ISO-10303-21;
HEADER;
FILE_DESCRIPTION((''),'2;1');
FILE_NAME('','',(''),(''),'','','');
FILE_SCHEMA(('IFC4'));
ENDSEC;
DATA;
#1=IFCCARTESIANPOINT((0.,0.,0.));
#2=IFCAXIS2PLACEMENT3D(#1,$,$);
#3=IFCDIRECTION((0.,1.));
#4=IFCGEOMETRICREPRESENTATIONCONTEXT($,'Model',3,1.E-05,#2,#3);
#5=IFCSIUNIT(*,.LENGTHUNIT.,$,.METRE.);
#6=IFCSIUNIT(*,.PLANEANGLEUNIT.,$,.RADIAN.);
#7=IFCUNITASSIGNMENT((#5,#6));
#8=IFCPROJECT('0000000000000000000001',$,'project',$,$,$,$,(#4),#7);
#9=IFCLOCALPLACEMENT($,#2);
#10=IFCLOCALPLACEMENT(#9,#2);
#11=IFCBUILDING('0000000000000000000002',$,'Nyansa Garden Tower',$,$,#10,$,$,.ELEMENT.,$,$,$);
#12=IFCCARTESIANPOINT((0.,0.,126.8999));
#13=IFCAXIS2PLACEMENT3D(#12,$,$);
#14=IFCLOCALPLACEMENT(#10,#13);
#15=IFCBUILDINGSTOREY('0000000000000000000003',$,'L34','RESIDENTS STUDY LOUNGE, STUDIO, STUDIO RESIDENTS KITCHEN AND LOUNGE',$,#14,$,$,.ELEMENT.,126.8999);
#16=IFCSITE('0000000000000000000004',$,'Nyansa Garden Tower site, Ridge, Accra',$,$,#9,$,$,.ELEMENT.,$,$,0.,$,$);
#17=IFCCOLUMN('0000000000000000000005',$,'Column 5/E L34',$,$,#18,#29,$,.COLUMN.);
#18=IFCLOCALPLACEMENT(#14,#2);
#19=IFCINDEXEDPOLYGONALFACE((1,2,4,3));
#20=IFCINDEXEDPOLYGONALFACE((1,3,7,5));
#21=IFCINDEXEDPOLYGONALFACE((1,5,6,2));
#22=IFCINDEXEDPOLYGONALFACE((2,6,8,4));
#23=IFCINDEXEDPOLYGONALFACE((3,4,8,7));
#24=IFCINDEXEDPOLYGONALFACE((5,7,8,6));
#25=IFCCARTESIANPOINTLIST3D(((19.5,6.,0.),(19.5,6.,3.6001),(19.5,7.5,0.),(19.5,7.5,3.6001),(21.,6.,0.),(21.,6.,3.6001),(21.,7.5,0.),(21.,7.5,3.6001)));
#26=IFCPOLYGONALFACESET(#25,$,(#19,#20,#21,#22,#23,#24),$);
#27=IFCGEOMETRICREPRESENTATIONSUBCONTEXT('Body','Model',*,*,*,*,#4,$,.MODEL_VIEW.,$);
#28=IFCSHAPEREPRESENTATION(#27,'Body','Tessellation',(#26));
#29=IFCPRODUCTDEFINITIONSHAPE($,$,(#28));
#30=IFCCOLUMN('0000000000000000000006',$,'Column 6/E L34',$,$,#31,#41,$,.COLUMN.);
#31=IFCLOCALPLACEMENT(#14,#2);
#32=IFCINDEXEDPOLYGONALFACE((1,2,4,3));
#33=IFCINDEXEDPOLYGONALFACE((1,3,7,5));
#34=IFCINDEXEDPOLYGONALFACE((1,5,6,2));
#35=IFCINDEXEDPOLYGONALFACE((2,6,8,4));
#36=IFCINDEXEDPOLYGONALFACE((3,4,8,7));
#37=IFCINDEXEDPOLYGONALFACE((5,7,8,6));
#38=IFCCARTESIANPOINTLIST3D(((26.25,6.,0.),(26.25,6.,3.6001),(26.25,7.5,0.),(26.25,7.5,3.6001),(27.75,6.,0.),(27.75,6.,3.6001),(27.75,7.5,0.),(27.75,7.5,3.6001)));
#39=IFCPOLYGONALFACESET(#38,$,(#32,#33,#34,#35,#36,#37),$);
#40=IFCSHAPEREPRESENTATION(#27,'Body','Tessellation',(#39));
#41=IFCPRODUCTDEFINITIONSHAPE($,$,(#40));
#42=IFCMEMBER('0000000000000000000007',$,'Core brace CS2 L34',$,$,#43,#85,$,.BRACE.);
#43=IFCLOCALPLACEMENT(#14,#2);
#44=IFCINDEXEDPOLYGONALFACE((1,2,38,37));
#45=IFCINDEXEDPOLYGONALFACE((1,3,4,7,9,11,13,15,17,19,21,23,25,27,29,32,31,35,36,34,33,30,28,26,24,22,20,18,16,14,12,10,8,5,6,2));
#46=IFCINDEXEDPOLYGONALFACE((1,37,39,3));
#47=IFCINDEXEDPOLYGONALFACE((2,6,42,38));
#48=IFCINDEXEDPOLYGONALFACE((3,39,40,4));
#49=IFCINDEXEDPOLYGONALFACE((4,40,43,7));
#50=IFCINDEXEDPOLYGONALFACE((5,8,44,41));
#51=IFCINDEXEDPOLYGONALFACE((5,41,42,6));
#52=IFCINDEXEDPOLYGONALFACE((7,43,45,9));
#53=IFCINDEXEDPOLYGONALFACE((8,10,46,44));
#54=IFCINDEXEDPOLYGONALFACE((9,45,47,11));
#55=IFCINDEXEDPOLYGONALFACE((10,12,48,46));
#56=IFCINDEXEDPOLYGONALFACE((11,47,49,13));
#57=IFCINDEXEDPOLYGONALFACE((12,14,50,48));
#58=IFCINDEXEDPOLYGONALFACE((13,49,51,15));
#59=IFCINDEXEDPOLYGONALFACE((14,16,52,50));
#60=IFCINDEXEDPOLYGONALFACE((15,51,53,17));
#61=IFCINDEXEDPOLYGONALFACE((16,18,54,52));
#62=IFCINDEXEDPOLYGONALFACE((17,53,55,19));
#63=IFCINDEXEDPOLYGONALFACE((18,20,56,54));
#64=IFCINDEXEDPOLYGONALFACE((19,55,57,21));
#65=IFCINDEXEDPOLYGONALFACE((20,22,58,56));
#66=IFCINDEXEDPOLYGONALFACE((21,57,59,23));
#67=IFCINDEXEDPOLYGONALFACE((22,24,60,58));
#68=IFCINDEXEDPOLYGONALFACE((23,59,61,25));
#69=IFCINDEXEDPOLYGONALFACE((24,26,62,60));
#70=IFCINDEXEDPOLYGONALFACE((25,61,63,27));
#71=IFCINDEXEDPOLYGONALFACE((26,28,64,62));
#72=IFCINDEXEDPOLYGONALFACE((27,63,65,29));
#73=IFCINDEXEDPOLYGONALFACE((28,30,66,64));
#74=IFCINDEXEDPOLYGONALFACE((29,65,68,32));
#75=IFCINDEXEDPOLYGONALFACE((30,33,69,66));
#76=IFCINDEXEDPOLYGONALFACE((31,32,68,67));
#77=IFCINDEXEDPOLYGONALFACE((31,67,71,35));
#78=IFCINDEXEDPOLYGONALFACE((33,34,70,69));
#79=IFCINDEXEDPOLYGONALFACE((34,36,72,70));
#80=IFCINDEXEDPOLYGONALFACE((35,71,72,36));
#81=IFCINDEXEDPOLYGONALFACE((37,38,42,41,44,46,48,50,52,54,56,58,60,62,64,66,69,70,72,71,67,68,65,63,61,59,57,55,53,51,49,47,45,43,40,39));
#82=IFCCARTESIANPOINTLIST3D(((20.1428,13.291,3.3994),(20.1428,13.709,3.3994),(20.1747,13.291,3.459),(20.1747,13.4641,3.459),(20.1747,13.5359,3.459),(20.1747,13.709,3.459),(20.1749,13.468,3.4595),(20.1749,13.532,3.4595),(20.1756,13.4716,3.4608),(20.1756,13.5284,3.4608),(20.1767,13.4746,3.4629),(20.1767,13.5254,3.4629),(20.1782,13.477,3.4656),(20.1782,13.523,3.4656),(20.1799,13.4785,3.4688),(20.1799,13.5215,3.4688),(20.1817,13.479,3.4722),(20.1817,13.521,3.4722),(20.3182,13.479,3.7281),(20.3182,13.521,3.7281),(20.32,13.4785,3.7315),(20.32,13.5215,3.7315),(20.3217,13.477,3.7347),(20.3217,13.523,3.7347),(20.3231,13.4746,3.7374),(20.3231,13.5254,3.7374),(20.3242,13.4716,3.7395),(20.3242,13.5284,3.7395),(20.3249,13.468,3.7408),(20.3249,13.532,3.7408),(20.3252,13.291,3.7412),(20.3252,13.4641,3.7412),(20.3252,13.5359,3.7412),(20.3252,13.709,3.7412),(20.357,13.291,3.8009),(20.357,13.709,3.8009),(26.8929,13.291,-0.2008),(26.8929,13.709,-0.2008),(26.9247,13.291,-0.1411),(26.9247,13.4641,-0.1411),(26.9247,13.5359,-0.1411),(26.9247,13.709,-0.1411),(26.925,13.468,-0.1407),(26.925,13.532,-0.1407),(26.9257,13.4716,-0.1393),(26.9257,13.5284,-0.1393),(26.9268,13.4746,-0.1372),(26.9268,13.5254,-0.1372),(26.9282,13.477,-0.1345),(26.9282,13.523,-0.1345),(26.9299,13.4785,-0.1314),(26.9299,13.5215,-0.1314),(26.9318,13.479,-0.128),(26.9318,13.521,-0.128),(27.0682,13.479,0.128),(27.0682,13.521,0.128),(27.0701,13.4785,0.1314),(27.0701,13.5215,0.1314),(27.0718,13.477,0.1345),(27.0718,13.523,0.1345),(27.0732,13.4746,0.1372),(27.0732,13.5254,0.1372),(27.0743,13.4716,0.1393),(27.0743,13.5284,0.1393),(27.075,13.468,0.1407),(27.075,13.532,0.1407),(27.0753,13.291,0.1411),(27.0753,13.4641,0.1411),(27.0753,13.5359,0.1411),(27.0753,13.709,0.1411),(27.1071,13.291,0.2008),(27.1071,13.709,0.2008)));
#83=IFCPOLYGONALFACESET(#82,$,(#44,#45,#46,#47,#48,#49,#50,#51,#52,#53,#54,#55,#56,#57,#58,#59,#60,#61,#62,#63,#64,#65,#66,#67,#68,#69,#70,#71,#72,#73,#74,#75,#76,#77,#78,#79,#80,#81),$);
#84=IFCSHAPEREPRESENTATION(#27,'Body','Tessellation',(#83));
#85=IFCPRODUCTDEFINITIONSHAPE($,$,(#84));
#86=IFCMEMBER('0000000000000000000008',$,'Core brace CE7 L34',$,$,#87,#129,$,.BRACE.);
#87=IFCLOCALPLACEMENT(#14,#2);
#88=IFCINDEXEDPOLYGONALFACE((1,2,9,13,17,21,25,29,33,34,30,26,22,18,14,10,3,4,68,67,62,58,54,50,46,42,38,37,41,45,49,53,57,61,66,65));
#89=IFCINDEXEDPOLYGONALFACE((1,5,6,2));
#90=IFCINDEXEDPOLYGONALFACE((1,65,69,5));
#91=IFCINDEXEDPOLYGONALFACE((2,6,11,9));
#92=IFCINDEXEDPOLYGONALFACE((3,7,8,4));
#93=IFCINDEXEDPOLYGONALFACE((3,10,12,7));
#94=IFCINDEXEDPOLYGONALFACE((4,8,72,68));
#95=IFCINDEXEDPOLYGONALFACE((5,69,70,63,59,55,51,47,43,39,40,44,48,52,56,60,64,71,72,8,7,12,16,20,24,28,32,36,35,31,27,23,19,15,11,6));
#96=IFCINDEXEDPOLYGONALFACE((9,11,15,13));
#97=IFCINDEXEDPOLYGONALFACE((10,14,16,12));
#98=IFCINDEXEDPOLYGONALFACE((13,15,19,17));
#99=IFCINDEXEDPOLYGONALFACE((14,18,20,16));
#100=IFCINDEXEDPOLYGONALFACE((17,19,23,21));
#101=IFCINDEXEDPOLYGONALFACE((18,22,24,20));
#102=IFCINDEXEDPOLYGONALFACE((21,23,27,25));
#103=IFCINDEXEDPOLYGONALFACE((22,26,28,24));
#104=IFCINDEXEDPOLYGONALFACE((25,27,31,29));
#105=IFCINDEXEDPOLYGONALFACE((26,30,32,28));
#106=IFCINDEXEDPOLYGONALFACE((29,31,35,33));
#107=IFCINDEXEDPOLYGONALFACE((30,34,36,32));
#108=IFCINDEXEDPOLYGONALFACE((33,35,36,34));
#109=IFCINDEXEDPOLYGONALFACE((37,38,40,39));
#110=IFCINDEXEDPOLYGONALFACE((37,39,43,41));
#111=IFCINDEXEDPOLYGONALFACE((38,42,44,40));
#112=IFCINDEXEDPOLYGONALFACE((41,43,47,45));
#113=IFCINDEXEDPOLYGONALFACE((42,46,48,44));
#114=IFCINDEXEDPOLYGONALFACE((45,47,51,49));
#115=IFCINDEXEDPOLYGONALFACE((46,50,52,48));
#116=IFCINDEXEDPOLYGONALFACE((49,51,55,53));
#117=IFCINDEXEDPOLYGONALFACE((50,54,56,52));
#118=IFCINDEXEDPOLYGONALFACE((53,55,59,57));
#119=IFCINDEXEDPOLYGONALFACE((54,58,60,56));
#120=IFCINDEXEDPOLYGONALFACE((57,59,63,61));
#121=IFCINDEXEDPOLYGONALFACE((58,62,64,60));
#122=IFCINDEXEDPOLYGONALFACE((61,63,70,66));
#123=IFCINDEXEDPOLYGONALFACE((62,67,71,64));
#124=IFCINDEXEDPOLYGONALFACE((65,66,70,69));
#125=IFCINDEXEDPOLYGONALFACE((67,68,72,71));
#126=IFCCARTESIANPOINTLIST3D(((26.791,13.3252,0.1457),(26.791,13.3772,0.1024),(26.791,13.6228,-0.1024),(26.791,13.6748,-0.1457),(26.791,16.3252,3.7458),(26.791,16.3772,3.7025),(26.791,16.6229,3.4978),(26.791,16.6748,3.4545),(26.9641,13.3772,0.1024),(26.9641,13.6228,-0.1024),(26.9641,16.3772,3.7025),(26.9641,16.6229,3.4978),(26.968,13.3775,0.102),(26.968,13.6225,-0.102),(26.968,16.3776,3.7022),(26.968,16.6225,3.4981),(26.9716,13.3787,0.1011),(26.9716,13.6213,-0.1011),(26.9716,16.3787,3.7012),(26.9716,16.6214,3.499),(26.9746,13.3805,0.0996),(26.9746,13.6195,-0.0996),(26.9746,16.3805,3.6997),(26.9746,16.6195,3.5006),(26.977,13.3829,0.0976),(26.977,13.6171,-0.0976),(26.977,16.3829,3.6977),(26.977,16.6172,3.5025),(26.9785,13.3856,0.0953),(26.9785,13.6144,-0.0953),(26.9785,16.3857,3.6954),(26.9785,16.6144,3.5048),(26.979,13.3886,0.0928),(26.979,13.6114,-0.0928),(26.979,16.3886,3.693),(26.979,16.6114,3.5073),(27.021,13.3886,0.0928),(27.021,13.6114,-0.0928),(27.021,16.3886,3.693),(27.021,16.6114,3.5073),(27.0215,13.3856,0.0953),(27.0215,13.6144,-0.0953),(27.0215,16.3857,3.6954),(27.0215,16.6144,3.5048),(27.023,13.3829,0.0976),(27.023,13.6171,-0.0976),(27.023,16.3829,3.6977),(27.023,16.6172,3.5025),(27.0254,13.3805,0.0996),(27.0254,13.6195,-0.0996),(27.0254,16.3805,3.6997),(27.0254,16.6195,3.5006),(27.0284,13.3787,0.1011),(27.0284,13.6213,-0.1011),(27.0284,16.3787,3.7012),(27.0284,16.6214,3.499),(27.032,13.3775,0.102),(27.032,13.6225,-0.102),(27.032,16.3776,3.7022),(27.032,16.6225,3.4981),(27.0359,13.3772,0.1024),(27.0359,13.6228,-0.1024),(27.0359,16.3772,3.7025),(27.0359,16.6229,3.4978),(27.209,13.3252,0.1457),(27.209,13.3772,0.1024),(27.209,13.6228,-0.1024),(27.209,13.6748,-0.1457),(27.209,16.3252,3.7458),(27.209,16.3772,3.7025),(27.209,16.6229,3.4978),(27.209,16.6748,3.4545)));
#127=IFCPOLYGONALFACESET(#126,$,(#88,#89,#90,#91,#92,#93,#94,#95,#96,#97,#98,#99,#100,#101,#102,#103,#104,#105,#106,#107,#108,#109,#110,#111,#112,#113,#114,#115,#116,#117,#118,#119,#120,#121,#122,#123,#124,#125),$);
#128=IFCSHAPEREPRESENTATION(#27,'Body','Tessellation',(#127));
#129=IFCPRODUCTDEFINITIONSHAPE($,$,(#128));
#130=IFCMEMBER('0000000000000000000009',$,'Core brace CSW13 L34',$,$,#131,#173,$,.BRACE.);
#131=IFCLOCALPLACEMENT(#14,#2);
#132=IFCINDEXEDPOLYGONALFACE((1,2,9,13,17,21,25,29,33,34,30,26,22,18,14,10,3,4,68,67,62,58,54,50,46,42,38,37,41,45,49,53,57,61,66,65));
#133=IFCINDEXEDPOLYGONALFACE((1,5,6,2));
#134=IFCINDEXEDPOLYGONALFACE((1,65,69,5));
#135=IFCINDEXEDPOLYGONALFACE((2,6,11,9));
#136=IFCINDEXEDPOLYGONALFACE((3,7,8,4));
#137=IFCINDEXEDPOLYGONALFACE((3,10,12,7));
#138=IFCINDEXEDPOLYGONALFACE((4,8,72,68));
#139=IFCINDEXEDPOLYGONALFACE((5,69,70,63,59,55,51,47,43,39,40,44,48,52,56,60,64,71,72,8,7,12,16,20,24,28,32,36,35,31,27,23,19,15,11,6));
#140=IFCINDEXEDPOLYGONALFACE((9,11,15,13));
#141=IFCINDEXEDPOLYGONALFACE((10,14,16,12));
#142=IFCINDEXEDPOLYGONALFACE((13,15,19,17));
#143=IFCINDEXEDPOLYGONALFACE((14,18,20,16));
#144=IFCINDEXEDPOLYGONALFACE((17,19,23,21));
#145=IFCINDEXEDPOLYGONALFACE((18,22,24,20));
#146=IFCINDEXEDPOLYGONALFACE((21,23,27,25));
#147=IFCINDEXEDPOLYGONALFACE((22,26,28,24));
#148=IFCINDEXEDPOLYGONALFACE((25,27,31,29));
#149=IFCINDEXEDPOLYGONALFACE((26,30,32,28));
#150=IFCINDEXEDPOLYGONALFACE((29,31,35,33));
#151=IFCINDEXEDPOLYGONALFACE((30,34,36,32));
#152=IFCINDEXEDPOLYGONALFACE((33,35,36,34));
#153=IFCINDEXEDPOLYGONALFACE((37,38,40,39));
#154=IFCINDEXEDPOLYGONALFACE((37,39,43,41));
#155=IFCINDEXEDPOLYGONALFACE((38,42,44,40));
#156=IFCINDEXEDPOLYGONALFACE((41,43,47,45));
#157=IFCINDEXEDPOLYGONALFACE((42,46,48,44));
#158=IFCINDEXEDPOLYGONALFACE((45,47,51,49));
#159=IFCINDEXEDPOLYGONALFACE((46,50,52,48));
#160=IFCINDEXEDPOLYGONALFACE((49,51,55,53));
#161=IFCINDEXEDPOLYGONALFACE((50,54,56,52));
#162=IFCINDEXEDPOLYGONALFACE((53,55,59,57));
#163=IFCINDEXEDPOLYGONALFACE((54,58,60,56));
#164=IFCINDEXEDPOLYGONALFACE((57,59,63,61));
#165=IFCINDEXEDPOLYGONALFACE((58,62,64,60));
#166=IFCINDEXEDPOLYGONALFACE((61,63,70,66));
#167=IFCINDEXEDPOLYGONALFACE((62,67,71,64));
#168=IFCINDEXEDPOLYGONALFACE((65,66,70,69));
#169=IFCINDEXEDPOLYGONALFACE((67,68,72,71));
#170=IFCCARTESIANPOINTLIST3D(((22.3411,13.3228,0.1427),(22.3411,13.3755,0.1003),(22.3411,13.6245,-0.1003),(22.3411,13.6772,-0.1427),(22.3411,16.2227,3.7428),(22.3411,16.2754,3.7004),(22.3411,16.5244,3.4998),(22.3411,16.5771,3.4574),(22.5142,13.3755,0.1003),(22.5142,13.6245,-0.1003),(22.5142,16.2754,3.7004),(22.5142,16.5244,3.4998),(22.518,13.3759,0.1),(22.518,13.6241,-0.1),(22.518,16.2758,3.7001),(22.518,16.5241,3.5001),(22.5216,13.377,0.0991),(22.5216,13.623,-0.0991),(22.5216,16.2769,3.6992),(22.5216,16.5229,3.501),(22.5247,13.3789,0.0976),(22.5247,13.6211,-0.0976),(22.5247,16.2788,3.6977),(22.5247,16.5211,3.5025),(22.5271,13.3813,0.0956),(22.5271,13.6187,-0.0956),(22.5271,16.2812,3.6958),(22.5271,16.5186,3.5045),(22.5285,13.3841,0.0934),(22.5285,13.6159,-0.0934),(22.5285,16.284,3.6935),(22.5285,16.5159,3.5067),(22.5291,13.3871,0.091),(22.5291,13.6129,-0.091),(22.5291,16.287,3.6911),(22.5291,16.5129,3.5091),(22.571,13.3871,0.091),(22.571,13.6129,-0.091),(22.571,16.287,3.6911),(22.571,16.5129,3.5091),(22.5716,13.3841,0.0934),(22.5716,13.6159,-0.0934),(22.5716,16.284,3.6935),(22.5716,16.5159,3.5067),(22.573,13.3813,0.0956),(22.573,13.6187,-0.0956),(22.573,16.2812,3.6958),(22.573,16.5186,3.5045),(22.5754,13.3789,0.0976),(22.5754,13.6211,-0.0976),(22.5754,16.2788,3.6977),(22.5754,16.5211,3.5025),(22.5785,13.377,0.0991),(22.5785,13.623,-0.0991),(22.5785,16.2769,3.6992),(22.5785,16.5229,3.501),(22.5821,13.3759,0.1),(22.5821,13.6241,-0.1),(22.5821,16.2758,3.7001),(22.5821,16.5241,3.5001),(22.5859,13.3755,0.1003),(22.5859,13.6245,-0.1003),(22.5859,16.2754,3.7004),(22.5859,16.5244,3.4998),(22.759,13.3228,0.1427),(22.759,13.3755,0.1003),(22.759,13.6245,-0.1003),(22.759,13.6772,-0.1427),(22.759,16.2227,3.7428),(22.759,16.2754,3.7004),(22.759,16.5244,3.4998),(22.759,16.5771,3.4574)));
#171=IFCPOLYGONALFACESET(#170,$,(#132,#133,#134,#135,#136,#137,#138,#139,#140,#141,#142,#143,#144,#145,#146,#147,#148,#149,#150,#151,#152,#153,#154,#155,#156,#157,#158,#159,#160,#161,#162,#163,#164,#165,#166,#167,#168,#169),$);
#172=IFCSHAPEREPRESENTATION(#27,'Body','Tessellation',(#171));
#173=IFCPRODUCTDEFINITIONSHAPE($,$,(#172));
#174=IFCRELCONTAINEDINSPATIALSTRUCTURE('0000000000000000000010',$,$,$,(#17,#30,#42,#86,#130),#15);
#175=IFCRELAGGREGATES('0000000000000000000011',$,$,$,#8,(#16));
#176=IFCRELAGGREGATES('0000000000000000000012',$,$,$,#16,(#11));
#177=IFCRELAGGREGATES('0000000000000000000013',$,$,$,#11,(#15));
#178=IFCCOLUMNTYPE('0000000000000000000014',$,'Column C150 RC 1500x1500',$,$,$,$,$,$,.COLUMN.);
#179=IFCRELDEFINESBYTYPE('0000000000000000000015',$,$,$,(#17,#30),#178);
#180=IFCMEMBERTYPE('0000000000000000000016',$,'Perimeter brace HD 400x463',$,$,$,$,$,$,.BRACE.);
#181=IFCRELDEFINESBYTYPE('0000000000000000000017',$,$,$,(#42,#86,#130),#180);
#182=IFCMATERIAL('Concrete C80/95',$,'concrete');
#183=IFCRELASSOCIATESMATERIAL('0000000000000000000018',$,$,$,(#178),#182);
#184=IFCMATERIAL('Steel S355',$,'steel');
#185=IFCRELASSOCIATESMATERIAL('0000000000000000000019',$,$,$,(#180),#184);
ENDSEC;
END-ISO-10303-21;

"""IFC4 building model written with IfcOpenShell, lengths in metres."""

from ifc_helpers import new_model, si_unit, direction, frame, origin, origin_2d, place, context, subcontext, project, spatial, rectangle, i_section, extrude, material, material_profile, profile_set, type_object, element, save


model = new_model("IFC4")

# Units and contexts
model_context = context("Model", 3, precision=1e-05, world=origin(), true_north=direction((0.0, 1.0)))
body_context = subcontext(model_context, "Body", "Model", "MODEL_VIEW")
ifc_project = project(units=[si_unit("LENGTHUNIT", "METRE"), si_unit("PLANEANGLEUNIT", "RADIAN")], contexts=[model_context])

# Site, building, storey
site_placement = place(None, origin())
site = spatial("IfcSite", under=ifc_project, at=site_placement, Name="Nyansa Garden Tower site, Ridge, Accra", CompositionType="ELEMENT", RefElevation=0.0)
building_placement = place(site_placement, origin())
building = spatial("IfcBuilding", under=site, at=building_placement, Name="Nyansa Garden Tower", CompositionType="ELEMENT")
storey_placement = place(building_placement, frame((0.0, 0.0, 126.8999)))
storey = spatial("IfcBuildingStorey", under=building, at=storey_placement, Name="L34", Description="RESIDENTS STUDY LOUNGE, STUDIO, STUDIO RESIDENTS KITCHEN AND LOUNGE", CompositionType="ELEMENT", Elevation=126.8999)

# Columns
ifc_material_1 = material(Name="Concrete C80/95", Category="concrete")
ifc_material_profile_1 = material_profile(ifc_material_1, rectangle(XDim=1.5, YDim=1.5, at=origin_2d()), Name="RC 1500x1500")
ifc_profile_set_1 = profile_set([ifc_material_profile_1], Name="Concrete C80/95")
column_type = type_object("IfcColumnType", Name="Column C150 RC 1500x1500", PredefinedType="COLUMN", material=ifc_profile_set_1)
for number, where, z_axis, x_axis, name in (
    (1, (20.25, 6.75, 0.0), (0.0, 0.0, 1.0), (1.0, 0.0, 0.0), "Column 5/E L34"),
    (2, (27.0, 6.75, 0.0), (0.0, 0.0, 1.0), (1.0, 0.0, 0.0), "Column 6/E L34"),
):
    element("IfcColumn", number, at=place(storey_placement, frame(where, z_axis=z_axis, x_axis=x_axis)), inside=storey, type_object=column_type, Name=name, PredefinedType="COLUMN", context=body_context, shape_type="SweptSolid", body=[
        extrude(rectangle(XDim=1.5, YDim=1.5, at=origin_2d()), origin(), (0.0, 0.0, 1.0), 3.6001),
    ])

# Members
ifc_material_2 = material(Name="Steel S355", Category="steel")
ifc_material_profile_2 = material_profile(ifc_material_2, i_section(OverallWidth=0.418, OverallDepth=0.4551, WebThickness=0.042, FlangeThickness=0.0676, FilletRadius=0.0149, at=origin_2d()), Name="HD 400x463")
ifc_profile_set_2 = profile_set([ifc_material_profile_2], Name="Steel S355")
member_type = type_object("IfcMemberType", Name="Perimeter brace HD 400x463", PredefinedType="BRACE", material=ifc_profile_set_2)
member_1_placement = place(storey_placement, frame((27.0, 13.5, 0.0), z_axis=(-0.882348, 0.0, 0.470598), x_axis=(0.0, -1.0, 0.0)))
element("IfcMember", 3, at=member_1_placement, inside=storey, type_object=member_type, Name="Core brace CS2 L34", PredefinedType="BRACE", context=body_context, shape_type="SweptSolid", body=[
    extrude(i_section(OverallWidth=0.418, OverallDepth=0.4551, WebThickness=0.042, FlangeThickness=0.0676, FilletRadius=0.0149, at=origin_2d()), origin(), (0.0, 0.0, 1.0), 7.6501),
])
member_2_placement = place(storey_placement, frame((27.0, 13.5, 0.0), z_axis=(0.0, 0.640174, 0.76823), x_axis=(-1.0, 0.0, 0.0)))
element("IfcMember", 4, at=member_2_placement, inside=storey, type_object=member_type, Name="Core brace CE7 L34", PredefinedType="BRACE", context=body_context, shape_type="SweptSolid", body=[
    extrude(i_section(OverallWidth=0.418, OverallDepth=0.4551, WebThickness=0.042, FlangeThickness=0.0676, FilletRadius=0.0149, at=origin_2d()), origin(), (0.0, 0.0, 1.0), 4.6863),
])
member_3_placement = place(storey_placement, frame((22.55, 13.5, 0.0), z_axis=(0.0, 0.627306, 0.778773), x_axis=(-1.0, 0.0, 0.0)))
element("IfcMember", 5, at=member_3_placement, inside=storey, type_object=member_type, Name="Core brace CSW13 L34", PredefinedType="BRACE", context=body_context, shape_type="SweptSolid", body=[
    extrude(i_section(OverallWidth=0.418, OverallDepth=0.4551, WebThickness=0.042, FlangeThickness=0.0676, FilletRadius=0.0149, at=origin_2d()), origin(), (0.0, 0.0, 1.0), 4.6228),
])

save(model, "model.ifc")
